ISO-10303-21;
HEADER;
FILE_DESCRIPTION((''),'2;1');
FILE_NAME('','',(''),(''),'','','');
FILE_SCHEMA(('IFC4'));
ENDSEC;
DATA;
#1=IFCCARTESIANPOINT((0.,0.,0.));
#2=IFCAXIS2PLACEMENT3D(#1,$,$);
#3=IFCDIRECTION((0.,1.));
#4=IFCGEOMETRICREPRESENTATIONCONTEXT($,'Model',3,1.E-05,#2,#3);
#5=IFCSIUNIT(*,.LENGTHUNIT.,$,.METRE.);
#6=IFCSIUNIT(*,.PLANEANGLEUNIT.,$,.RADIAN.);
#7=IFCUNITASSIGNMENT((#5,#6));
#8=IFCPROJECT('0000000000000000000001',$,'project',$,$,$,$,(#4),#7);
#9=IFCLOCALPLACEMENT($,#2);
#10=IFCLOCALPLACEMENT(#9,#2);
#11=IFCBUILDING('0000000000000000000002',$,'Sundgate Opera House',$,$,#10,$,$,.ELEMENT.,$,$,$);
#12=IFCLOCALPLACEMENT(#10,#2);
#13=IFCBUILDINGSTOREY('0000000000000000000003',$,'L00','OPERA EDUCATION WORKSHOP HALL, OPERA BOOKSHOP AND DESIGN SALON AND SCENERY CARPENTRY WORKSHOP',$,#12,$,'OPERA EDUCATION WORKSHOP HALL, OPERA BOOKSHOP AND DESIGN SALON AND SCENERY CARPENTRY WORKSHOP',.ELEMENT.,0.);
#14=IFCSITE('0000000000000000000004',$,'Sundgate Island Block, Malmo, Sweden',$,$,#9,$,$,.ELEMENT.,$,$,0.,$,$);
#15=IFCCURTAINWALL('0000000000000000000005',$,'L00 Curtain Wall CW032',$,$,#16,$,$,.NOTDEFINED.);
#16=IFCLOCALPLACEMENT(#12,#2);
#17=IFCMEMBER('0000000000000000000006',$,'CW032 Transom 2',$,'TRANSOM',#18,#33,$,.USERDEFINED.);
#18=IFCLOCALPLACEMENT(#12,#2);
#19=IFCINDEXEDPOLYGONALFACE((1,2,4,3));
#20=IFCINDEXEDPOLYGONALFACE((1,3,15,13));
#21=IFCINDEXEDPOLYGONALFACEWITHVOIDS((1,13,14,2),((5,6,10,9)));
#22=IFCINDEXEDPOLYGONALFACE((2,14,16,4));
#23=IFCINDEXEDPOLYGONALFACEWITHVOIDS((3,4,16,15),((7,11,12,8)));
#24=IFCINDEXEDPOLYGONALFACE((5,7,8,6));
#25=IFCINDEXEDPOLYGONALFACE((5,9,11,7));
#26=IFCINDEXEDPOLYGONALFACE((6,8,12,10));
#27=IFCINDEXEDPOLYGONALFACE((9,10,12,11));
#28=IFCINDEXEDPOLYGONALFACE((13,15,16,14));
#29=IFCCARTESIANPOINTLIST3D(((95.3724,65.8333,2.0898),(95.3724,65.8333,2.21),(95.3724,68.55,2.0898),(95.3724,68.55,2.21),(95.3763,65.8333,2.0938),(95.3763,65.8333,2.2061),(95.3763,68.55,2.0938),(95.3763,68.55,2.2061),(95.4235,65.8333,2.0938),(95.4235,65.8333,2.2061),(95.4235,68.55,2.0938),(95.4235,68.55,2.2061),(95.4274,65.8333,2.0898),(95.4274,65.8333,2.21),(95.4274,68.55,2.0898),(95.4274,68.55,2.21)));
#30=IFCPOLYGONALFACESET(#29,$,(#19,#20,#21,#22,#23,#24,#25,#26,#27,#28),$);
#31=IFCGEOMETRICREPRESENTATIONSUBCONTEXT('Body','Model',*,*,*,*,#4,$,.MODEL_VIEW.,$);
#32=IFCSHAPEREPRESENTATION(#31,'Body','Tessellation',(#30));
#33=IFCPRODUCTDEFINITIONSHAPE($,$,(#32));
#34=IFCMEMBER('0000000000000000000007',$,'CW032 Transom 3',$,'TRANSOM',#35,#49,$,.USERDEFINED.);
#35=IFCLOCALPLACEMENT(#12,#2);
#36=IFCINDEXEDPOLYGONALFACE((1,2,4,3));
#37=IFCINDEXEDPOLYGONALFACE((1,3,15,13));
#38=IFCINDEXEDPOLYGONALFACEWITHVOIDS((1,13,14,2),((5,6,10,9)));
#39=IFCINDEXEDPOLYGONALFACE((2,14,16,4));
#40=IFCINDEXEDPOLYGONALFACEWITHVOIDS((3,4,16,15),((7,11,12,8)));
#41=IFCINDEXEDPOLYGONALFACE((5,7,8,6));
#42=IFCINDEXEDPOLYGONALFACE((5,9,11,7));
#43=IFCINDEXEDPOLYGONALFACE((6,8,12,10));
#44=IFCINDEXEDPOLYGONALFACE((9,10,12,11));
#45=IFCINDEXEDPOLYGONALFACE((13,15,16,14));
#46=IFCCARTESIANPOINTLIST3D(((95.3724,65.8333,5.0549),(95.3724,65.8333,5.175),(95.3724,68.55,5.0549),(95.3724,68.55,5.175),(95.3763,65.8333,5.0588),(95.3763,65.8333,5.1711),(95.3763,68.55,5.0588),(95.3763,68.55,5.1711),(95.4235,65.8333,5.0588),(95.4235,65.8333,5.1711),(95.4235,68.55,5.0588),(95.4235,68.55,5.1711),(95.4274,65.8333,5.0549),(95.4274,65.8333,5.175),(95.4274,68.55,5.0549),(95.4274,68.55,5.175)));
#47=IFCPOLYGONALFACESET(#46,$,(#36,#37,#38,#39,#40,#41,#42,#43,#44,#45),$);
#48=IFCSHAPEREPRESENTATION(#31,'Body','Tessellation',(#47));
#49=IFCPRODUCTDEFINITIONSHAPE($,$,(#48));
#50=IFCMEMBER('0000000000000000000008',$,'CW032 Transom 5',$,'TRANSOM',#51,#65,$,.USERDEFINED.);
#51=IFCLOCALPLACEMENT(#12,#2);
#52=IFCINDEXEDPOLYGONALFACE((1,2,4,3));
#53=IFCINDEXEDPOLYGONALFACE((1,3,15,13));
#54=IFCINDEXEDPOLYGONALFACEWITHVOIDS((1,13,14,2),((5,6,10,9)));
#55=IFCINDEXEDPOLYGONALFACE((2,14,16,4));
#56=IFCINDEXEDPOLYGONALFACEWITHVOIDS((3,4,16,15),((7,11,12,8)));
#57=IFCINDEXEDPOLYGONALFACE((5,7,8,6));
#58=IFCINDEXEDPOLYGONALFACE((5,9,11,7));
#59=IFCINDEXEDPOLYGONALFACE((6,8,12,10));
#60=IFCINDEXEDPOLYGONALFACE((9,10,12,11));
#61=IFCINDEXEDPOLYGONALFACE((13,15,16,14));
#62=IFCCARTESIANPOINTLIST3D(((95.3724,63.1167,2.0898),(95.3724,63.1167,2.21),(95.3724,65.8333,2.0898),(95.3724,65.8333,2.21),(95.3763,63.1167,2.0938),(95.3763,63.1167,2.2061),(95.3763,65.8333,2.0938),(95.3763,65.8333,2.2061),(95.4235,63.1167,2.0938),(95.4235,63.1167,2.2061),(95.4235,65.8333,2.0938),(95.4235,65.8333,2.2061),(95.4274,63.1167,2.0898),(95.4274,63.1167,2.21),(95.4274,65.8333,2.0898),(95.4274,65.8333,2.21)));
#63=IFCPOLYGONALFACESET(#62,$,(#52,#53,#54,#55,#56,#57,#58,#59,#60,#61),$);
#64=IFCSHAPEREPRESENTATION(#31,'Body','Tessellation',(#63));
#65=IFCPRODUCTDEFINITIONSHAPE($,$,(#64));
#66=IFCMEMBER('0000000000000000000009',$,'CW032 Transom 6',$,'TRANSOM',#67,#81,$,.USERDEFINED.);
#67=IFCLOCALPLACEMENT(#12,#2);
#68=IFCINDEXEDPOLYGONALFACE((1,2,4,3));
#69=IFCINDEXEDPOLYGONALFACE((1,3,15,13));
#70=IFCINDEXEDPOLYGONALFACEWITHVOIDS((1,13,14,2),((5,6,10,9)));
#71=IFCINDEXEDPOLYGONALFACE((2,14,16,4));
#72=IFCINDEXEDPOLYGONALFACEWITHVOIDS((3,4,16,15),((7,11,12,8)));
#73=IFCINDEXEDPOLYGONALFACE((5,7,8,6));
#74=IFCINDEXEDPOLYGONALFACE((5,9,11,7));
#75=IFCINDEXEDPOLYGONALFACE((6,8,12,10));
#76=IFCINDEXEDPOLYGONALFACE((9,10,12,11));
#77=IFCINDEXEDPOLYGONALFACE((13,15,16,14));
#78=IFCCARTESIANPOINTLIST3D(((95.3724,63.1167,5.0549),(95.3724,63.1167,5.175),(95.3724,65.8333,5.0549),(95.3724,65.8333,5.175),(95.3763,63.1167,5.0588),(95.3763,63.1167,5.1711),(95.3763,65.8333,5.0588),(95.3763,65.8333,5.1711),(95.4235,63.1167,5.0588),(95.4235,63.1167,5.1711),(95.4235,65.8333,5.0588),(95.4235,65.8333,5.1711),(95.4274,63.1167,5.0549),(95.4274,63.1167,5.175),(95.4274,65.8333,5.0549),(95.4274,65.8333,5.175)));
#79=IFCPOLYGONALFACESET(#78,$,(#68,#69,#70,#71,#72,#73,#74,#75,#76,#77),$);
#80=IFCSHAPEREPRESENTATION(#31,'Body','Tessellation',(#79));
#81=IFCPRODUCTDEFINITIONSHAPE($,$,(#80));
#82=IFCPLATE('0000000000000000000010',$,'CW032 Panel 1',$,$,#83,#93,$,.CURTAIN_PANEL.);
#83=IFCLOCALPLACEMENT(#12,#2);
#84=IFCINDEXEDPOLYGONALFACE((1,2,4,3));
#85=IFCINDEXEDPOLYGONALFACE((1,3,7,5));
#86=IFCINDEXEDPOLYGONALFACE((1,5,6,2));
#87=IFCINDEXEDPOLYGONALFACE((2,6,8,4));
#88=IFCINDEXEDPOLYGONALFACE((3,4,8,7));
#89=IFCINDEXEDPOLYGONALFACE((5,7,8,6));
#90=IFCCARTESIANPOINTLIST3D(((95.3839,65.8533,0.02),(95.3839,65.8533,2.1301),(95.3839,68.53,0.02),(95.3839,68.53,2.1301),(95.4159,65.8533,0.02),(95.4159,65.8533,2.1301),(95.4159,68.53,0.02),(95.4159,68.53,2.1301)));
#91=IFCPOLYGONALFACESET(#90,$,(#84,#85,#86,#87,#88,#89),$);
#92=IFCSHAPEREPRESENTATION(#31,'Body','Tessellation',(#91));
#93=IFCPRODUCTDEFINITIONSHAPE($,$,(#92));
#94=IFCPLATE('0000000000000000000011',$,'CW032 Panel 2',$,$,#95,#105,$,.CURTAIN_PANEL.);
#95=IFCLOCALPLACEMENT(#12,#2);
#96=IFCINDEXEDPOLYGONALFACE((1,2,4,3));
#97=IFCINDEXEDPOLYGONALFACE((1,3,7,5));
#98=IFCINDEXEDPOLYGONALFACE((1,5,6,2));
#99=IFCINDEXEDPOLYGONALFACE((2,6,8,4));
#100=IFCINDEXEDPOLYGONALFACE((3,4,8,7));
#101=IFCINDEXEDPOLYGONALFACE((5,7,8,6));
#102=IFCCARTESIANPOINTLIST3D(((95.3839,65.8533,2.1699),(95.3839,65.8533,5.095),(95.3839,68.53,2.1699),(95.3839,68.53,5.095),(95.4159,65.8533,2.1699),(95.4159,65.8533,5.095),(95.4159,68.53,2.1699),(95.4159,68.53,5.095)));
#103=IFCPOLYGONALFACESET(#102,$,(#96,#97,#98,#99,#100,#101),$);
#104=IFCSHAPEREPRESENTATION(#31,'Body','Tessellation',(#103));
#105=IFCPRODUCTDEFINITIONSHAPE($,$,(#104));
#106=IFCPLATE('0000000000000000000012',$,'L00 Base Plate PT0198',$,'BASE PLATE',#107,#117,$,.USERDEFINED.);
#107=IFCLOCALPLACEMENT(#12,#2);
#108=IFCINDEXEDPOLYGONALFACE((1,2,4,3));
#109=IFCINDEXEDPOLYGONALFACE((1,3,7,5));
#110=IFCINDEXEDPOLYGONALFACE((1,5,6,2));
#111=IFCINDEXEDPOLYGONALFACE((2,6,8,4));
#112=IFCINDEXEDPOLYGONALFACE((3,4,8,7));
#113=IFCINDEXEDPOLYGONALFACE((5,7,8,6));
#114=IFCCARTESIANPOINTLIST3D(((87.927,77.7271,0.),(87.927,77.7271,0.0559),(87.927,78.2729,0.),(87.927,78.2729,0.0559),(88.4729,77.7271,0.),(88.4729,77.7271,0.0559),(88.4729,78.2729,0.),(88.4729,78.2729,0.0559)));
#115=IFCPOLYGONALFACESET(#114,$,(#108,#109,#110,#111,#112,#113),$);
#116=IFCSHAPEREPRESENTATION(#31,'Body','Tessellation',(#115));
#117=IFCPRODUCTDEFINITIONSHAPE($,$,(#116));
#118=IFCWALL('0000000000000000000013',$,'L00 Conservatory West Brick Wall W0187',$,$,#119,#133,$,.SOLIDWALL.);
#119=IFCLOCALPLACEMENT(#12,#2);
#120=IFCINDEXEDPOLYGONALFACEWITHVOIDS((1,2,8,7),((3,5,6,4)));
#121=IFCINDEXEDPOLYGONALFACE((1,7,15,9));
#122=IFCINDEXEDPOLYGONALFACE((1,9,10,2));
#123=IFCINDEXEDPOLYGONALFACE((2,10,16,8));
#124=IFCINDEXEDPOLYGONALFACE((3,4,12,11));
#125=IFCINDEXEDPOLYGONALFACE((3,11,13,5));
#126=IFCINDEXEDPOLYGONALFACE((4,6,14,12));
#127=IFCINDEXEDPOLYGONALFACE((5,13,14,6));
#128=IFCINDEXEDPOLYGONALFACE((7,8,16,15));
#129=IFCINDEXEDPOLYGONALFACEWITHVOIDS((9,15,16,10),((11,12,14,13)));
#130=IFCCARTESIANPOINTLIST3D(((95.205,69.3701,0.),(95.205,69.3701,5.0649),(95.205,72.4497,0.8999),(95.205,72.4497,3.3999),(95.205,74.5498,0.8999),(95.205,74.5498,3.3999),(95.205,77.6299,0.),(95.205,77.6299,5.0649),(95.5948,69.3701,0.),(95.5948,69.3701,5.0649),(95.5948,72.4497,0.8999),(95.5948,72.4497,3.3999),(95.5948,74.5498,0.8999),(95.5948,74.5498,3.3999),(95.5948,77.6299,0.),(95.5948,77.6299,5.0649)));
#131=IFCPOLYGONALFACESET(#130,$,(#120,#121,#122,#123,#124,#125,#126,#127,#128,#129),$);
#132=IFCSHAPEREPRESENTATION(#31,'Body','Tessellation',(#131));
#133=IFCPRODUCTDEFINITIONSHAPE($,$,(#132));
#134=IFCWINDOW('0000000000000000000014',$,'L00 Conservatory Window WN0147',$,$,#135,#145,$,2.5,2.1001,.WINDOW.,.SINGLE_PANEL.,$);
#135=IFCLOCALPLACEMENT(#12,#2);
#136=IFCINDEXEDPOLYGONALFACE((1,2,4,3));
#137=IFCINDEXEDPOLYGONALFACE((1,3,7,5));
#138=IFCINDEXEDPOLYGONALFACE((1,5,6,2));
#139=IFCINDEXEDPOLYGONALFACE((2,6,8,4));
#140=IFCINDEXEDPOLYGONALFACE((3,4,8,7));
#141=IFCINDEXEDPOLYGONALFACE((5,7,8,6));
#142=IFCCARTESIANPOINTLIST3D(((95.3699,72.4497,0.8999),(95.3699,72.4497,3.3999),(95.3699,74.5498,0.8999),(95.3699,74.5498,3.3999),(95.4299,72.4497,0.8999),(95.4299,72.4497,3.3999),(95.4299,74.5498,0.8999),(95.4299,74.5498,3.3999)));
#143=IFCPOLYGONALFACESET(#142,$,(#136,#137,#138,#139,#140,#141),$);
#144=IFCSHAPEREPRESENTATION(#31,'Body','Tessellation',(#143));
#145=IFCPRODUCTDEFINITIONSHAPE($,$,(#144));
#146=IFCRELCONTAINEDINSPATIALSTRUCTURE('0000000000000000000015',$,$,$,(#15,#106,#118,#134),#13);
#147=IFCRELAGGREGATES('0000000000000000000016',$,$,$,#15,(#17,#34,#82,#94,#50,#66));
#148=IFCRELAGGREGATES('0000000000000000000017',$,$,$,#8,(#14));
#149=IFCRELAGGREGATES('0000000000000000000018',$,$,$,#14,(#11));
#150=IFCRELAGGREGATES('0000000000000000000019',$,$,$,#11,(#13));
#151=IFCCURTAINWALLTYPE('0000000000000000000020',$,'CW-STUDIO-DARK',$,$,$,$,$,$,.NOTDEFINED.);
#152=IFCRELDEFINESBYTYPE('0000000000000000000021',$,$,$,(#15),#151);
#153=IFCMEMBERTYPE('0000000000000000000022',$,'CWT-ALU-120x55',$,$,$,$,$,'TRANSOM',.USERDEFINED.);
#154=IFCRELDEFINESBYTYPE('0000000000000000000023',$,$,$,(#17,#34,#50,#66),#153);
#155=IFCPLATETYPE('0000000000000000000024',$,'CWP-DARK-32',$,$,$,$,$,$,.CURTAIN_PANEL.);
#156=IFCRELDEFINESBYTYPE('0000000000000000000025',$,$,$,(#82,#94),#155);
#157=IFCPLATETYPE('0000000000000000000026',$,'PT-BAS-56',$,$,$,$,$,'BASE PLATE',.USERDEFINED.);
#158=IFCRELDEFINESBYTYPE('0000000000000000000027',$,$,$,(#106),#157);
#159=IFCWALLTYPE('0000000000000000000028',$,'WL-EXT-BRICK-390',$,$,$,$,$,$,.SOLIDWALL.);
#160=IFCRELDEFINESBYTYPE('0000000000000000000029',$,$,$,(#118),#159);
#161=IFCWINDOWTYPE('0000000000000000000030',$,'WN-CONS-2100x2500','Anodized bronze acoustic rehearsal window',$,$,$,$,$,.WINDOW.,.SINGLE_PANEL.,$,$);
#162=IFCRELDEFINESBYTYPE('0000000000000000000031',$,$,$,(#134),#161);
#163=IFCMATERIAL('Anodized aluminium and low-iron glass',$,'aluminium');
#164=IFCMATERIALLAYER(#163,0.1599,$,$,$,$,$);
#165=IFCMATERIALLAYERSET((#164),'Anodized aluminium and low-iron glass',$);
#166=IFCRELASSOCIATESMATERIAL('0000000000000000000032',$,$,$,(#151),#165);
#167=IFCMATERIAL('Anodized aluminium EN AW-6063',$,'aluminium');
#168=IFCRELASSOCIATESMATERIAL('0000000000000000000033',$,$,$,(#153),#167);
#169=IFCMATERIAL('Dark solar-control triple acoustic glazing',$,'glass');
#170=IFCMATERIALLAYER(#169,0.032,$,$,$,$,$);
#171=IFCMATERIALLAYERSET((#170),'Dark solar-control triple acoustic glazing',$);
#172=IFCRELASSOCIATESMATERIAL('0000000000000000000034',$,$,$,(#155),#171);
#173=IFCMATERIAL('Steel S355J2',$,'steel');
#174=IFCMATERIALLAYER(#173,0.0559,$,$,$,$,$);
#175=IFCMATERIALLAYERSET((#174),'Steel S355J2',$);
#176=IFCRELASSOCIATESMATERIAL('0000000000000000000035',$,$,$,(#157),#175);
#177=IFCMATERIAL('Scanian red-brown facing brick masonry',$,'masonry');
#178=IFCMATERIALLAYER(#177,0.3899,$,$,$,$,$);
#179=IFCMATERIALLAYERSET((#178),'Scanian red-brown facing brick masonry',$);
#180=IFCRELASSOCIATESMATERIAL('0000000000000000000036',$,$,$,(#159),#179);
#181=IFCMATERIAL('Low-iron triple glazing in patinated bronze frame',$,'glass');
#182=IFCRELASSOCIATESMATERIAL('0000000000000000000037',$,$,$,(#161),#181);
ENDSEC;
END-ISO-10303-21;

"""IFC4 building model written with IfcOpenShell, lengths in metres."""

from ifc_helpers import new_model, si_unit, direction, frame, frame_2d, origin, origin_2d, place, context, subcontext, project, spatial, rectangle, hollow_rectangle, extrude, material, layer, layer_set, material_profile, profile_set, type_object, element, fill, aggregate, save


model = new_model("IFC4")

# Units and contexts
model_context = context("Model", 3, precision=1e-05, world=origin(), true_north=direction((0.0, 1.0)))
body_context = subcontext(model_context, "Body", "Model", "MODEL_VIEW")
ifc_project = project(units=[si_unit("LENGTHUNIT", "METRE"), si_unit("PLANEANGLEUNIT", "RADIAN")], contexts=[model_context])

# Site, building, storey
site_placement = place(None, origin())
site = spatial("IfcSite", under=ifc_project, at=site_placement, Name="Sundgate Island Block, Malmo, Sweden", CompositionType="ELEMENT", RefElevation=0.0)
building_placement = place(site_placement, origin())
building = spatial("IfcBuilding", under=site, at=building_placement, Name="Sundgate Opera House", CompositionType="ELEMENT")
storey_placement = place(building_placement, origin())
storey = spatial("IfcBuildingStorey", under=building, at=storey_placement, Name="L00", Description="OPERA EDUCATION WORKSHOP HALL, OPERA BOOKSHOP AND DESIGN SALON AND SCENERY CARPENTRY WORKSHOP", LongName="OPERA EDUCATION WORKSHOP HALL, OPERA BOOKSHOP AND DESIGN SALON AND SCENERY CARPENTRY WORKSHOP", CompositionType="ELEMENT", Elevation=0.0)

# Curtain wall, members, plates
ifc_material_1 = material(Name="Anodized aluminium and low-iron glass", Category="aluminium")
ifc_layer_1 = layer(ifc_material_1, 0.1599)
ifc_layer_set_1 = layer_set([ifc_layer_1], Name="Anodized aluminium and low-iron glass")
curtain_wall_type = type_object("IfcCurtainWallType", Name="CW-STUDIO-DARK", PredefinedType="NOTDEFINED", material=ifc_layer_set_1)
curtain_wall_placement = place(storey_placement, origin())
curtain_wall = element("IfcCurtainWall", 1, at=curtain_wall_placement, inside=storey, type_object=curtain_wall_type, Name="L00 Curtain Wall CW032", PredefinedType="NOTDEFINED")
ifc_material_2 = material(Name="Anodized aluminium EN AW-6063", Category="aluminium")
ifc_material_profile_1 = material_profile(ifc_material_2, hollow_rectangle(XDim=0.0549, YDim=0.1201, WallThickness=0.0039, at=origin_2d()), Name="CWT 120x55x4")
ifc_profile_set_1 = profile_set([ifc_material_profile_1], Name="Anodized aluminium EN AW-6063")
member_type_1 = type_object("IfcMemberType", Name="CWT-ALU-120x55", ElementType="TRANSOM", PredefinedType="USERDEFINED", material=ifc_profile_set_1)
member_1_placement = place(storey_placement, frame((95.3999, 68.55, 2.1499), z_axis=(0.0, -1.0, 0.0), x_axis=(1.0, 0.0, 0.0)))
member_1 = element("IfcMember", 2, at=member_1_placement, type_object=member_type_1, Name="CW032 Transom 2", ObjectType="TRANSOM", PredefinedType="USERDEFINED", context=body_context, shape_type="SweptSolid", body=[
    extrude(hollow_rectangle(XDim=0.0549, YDim=0.1201, WallThickness=0.0039, at=origin_2d()), origin(), (0.0, 0.0, 1.0), 2.7168),
])
member_2_placement = place(storey_placement, frame((95.3999, 68.55, 5.115), z_axis=(0.0, -1.0, 0.0), x_axis=(1.0, 0.0, 0.0)))
member_2 = element("IfcMember", 3, at=member_2_placement, type_object=member_type_1, Name="CW032 Transom 3", ObjectType="TRANSOM", PredefinedType="USERDEFINED", context=body_context, shape_type="SweptSolid", body=[
    extrude(hollow_rectangle(XDim=0.0549, YDim=0.1201, WallThickness=0.0039, at=origin_2d()), origin(), (0.0, 0.0, 1.0), 2.7168),
])
member_3_placement = place(storey_placement, frame((95.3999, 65.8333, 2.1499), z_axis=(0.0, -1.0, 0.0), x_axis=(1.0, 0.0, 0.0)))
member_3 = element("IfcMember", 4, at=member_3_placement, type_object=member_type_1, Name="CW032 Transom 5", ObjectType="TRANSOM", PredefinedType="USERDEFINED", context=body_context, shape_type="SweptSolid", body=[
    extrude(hollow_rectangle(XDim=0.0549, YDim=0.1201, WallThickness=0.0039, at=origin_2d()), origin(), (0.0, 0.0, 1.0), 2.7166),
])
member_4_placement = place(storey_placement, frame((95.3999, 65.8333, 5.115), z_axis=(0.0, -1.0, 0.0), x_axis=(1.0, 0.0, 0.0)))
member_4 = element("IfcMember", 5, at=member_4_placement, type_object=member_type_1, Name="CW032 Transom 6", ObjectType="TRANSOM", PredefinedType="USERDEFINED", context=body_context, shape_type="SweptSolid", body=[
    extrude(hollow_rectangle(XDim=0.0549, YDim=0.1201, WallThickness=0.0039, at=origin_2d()), origin(), (0.0, 0.0, 1.0), 2.7166),
])
ifc_material_3 = material(Name="Dark solar-control triple acoustic glazing", Category="glass")
ifc_layer_2 = layer(ifc_material_3, 0.032)
ifc_layer_set_2 = layer_set([ifc_layer_2], Name="Dark solar-control triple acoustic glazing")
plate_type_1 = type_object("IfcPlateType", Name="CWP-DARK-32", PredefinedType="CURTAIN_PANEL", material=ifc_layer_set_2)
plate_1_placement = place(storey_placement, frame((95.3999, 67.1917, 0.02), z_axis=(0.0, 0.0, 1.0), x_axis=(0.0, -1.0, 0.0)))
plate_1 = element("IfcPlate", 6, at=plate_1_placement, type_object=plate_type_1, Name="CW032 Panel 1", PredefinedType="CURTAIN_PANEL", context=body_context, shape_type="SweptSolid", body=[
    extrude(rectangle(XDim=2.6768, YDim=0.032, at=origin_2d()), origin(), (0.0, 0.0, 1.0), 2.1101),
])
plate_2_placement = place(storey_placement, frame((95.3999, 67.1917, 2.1699), z_axis=(0.0, 0.0, 1.0), x_axis=(0.0, -1.0, 0.0)))
plate_2 = element("IfcPlate", 7, at=plate_2_placement, type_object=plate_type_1, Name="CW032 Panel 2", PredefinedType="CURTAIN_PANEL", context=body_context, shape_type="SweptSolid", body=[
    extrude(rectangle(XDim=2.6768, YDim=0.032, at=origin_2d()), origin(), (0.0, 0.0, 1.0), 2.925),
])
aggregate(curtain_wall, [member_1, member_2, plate_1, plate_2, member_3, member_4])

# Plate
ifc_material_4 = material(Name="Steel S355J2", Category="steel")
ifc_layer_3 = layer(ifc_material_4, 0.0559)
ifc_layer_set_3 = layer_set([ifc_layer_3], Name="Steel S355J2")
plate_type_2 = type_object("IfcPlateType", Name="PT-BAS-56", ElementType="BASE PLATE", PredefinedType="USERDEFINED", material=ifc_layer_set_3)
plate_3_placement = place(storey_placement, frame((88.2, 78.0, 0.0), z_axis=(0.0, 0.0, 1.0), x_axis=(1.0, 0.0, 0.0)))
element("IfcPlate", 8, at=plate_3_placement, inside=storey, type_object=plate_type_2, Name="L00 Base Plate PT0198", ObjectType="BASE PLATE", PredefinedType="USERDEFINED", context=body_context, shape_type="SweptSolid", body=[
    extrude(rectangle(XDim=0.5459, YDim=0.5459, at=origin_2d()), origin(), (0.0, 0.0, 1.0), 0.0559),
])

# Wall, opening, window
ifc_material_5 = material(Name="Scanian red-brown facing brick masonry", Category="masonry")
ifc_layer_4 = layer(ifc_material_5, 0.3899)
ifc_layer_set_4 = layer_set([ifc_layer_4], Name="Scanian red-brown facing brick masonry")
wall_type = type_object("IfcWallType", Name="WL-EXT-BRICK-390", PredefinedType="SOLIDWALL", material=ifc_layer_set_4)
wall_placement = place(storey_placement, frame((95.3999, 77.6299, 0.0), z_axis=(0.0, 0.0, 1.0), x_axis=(0.0, -1.0, 0.0)))
wall = element("IfcWall", 9, at=wall_placement, inside=storey, type_object=wall_type, Name="L00 Conservatory West Brick Wall W0187", PredefinedType="SOLIDWALL", context=body_context, shape_type="SweptSolid", body=[
    extrude(rectangle(XDim=8.2598, YDim=0.3899, at=frame_2d((4.1299, 0.0))), origin(), (0.0, 0.0, 1.0), 5.0649),
])
opening_placement = place(wall_placement, frame((3.0801, 0.0, 0.8999)))
opening = element("IfcOpeningElement", 10, at=opening_placement, cuts=wall, PredefinedType="OPENING", context=body_context, shape_type="SweptSolid", body=[
    extrude(rectangle(XDim=2.1001, YDim=2.5, at=frame_2d((1.05, 1.25))), frame((0.0, 0.2048, 0.0), z_axis=(0.0, -1.0, 0.0), x_axis=(1.0, 0.0, 0.0)), (0.0, 0.0, 1.0), 0.4099),
])
ifc_material_6 = material(Name="Low-iron triple glazing in patinated bronze frame", Category="glass")
window_type = type_object("IfcWindowType", Name="WN-CONS-2100x2500", Description="Anodized bronze acoustic rehearsal window", PartitioningType="SINGLE_PANEL", PredefinedType="WINDOW", material=ifc_material_6)
window_placement = place(opening_placement, origin())
window = element("IfcWindow", 11, at=window_placement, inside=storey, type_object=window_type, Name="L00 Conservatory Window WN0147", OverallHeight=2.5, OverallWidth=2.1001, PartitioningType="SINGLE_PANEL", PredefinedType="WINDOW", context=body_context, shape_type="SweptSolid", body=[
    extrude(rectangle(XDim=2.1001, YDim=2.5, at=frame_2d((1.05, 1.25))), frame((0.0, 0.03, 0.0), z_axis=(0.0, -1.0, 0.0), x_axis=(1.0, 0.0, 0.0)), (0.0, 0.0, 1.0), 0.0601),
])
fill(opening, window)

save(model, "model.ifc")
